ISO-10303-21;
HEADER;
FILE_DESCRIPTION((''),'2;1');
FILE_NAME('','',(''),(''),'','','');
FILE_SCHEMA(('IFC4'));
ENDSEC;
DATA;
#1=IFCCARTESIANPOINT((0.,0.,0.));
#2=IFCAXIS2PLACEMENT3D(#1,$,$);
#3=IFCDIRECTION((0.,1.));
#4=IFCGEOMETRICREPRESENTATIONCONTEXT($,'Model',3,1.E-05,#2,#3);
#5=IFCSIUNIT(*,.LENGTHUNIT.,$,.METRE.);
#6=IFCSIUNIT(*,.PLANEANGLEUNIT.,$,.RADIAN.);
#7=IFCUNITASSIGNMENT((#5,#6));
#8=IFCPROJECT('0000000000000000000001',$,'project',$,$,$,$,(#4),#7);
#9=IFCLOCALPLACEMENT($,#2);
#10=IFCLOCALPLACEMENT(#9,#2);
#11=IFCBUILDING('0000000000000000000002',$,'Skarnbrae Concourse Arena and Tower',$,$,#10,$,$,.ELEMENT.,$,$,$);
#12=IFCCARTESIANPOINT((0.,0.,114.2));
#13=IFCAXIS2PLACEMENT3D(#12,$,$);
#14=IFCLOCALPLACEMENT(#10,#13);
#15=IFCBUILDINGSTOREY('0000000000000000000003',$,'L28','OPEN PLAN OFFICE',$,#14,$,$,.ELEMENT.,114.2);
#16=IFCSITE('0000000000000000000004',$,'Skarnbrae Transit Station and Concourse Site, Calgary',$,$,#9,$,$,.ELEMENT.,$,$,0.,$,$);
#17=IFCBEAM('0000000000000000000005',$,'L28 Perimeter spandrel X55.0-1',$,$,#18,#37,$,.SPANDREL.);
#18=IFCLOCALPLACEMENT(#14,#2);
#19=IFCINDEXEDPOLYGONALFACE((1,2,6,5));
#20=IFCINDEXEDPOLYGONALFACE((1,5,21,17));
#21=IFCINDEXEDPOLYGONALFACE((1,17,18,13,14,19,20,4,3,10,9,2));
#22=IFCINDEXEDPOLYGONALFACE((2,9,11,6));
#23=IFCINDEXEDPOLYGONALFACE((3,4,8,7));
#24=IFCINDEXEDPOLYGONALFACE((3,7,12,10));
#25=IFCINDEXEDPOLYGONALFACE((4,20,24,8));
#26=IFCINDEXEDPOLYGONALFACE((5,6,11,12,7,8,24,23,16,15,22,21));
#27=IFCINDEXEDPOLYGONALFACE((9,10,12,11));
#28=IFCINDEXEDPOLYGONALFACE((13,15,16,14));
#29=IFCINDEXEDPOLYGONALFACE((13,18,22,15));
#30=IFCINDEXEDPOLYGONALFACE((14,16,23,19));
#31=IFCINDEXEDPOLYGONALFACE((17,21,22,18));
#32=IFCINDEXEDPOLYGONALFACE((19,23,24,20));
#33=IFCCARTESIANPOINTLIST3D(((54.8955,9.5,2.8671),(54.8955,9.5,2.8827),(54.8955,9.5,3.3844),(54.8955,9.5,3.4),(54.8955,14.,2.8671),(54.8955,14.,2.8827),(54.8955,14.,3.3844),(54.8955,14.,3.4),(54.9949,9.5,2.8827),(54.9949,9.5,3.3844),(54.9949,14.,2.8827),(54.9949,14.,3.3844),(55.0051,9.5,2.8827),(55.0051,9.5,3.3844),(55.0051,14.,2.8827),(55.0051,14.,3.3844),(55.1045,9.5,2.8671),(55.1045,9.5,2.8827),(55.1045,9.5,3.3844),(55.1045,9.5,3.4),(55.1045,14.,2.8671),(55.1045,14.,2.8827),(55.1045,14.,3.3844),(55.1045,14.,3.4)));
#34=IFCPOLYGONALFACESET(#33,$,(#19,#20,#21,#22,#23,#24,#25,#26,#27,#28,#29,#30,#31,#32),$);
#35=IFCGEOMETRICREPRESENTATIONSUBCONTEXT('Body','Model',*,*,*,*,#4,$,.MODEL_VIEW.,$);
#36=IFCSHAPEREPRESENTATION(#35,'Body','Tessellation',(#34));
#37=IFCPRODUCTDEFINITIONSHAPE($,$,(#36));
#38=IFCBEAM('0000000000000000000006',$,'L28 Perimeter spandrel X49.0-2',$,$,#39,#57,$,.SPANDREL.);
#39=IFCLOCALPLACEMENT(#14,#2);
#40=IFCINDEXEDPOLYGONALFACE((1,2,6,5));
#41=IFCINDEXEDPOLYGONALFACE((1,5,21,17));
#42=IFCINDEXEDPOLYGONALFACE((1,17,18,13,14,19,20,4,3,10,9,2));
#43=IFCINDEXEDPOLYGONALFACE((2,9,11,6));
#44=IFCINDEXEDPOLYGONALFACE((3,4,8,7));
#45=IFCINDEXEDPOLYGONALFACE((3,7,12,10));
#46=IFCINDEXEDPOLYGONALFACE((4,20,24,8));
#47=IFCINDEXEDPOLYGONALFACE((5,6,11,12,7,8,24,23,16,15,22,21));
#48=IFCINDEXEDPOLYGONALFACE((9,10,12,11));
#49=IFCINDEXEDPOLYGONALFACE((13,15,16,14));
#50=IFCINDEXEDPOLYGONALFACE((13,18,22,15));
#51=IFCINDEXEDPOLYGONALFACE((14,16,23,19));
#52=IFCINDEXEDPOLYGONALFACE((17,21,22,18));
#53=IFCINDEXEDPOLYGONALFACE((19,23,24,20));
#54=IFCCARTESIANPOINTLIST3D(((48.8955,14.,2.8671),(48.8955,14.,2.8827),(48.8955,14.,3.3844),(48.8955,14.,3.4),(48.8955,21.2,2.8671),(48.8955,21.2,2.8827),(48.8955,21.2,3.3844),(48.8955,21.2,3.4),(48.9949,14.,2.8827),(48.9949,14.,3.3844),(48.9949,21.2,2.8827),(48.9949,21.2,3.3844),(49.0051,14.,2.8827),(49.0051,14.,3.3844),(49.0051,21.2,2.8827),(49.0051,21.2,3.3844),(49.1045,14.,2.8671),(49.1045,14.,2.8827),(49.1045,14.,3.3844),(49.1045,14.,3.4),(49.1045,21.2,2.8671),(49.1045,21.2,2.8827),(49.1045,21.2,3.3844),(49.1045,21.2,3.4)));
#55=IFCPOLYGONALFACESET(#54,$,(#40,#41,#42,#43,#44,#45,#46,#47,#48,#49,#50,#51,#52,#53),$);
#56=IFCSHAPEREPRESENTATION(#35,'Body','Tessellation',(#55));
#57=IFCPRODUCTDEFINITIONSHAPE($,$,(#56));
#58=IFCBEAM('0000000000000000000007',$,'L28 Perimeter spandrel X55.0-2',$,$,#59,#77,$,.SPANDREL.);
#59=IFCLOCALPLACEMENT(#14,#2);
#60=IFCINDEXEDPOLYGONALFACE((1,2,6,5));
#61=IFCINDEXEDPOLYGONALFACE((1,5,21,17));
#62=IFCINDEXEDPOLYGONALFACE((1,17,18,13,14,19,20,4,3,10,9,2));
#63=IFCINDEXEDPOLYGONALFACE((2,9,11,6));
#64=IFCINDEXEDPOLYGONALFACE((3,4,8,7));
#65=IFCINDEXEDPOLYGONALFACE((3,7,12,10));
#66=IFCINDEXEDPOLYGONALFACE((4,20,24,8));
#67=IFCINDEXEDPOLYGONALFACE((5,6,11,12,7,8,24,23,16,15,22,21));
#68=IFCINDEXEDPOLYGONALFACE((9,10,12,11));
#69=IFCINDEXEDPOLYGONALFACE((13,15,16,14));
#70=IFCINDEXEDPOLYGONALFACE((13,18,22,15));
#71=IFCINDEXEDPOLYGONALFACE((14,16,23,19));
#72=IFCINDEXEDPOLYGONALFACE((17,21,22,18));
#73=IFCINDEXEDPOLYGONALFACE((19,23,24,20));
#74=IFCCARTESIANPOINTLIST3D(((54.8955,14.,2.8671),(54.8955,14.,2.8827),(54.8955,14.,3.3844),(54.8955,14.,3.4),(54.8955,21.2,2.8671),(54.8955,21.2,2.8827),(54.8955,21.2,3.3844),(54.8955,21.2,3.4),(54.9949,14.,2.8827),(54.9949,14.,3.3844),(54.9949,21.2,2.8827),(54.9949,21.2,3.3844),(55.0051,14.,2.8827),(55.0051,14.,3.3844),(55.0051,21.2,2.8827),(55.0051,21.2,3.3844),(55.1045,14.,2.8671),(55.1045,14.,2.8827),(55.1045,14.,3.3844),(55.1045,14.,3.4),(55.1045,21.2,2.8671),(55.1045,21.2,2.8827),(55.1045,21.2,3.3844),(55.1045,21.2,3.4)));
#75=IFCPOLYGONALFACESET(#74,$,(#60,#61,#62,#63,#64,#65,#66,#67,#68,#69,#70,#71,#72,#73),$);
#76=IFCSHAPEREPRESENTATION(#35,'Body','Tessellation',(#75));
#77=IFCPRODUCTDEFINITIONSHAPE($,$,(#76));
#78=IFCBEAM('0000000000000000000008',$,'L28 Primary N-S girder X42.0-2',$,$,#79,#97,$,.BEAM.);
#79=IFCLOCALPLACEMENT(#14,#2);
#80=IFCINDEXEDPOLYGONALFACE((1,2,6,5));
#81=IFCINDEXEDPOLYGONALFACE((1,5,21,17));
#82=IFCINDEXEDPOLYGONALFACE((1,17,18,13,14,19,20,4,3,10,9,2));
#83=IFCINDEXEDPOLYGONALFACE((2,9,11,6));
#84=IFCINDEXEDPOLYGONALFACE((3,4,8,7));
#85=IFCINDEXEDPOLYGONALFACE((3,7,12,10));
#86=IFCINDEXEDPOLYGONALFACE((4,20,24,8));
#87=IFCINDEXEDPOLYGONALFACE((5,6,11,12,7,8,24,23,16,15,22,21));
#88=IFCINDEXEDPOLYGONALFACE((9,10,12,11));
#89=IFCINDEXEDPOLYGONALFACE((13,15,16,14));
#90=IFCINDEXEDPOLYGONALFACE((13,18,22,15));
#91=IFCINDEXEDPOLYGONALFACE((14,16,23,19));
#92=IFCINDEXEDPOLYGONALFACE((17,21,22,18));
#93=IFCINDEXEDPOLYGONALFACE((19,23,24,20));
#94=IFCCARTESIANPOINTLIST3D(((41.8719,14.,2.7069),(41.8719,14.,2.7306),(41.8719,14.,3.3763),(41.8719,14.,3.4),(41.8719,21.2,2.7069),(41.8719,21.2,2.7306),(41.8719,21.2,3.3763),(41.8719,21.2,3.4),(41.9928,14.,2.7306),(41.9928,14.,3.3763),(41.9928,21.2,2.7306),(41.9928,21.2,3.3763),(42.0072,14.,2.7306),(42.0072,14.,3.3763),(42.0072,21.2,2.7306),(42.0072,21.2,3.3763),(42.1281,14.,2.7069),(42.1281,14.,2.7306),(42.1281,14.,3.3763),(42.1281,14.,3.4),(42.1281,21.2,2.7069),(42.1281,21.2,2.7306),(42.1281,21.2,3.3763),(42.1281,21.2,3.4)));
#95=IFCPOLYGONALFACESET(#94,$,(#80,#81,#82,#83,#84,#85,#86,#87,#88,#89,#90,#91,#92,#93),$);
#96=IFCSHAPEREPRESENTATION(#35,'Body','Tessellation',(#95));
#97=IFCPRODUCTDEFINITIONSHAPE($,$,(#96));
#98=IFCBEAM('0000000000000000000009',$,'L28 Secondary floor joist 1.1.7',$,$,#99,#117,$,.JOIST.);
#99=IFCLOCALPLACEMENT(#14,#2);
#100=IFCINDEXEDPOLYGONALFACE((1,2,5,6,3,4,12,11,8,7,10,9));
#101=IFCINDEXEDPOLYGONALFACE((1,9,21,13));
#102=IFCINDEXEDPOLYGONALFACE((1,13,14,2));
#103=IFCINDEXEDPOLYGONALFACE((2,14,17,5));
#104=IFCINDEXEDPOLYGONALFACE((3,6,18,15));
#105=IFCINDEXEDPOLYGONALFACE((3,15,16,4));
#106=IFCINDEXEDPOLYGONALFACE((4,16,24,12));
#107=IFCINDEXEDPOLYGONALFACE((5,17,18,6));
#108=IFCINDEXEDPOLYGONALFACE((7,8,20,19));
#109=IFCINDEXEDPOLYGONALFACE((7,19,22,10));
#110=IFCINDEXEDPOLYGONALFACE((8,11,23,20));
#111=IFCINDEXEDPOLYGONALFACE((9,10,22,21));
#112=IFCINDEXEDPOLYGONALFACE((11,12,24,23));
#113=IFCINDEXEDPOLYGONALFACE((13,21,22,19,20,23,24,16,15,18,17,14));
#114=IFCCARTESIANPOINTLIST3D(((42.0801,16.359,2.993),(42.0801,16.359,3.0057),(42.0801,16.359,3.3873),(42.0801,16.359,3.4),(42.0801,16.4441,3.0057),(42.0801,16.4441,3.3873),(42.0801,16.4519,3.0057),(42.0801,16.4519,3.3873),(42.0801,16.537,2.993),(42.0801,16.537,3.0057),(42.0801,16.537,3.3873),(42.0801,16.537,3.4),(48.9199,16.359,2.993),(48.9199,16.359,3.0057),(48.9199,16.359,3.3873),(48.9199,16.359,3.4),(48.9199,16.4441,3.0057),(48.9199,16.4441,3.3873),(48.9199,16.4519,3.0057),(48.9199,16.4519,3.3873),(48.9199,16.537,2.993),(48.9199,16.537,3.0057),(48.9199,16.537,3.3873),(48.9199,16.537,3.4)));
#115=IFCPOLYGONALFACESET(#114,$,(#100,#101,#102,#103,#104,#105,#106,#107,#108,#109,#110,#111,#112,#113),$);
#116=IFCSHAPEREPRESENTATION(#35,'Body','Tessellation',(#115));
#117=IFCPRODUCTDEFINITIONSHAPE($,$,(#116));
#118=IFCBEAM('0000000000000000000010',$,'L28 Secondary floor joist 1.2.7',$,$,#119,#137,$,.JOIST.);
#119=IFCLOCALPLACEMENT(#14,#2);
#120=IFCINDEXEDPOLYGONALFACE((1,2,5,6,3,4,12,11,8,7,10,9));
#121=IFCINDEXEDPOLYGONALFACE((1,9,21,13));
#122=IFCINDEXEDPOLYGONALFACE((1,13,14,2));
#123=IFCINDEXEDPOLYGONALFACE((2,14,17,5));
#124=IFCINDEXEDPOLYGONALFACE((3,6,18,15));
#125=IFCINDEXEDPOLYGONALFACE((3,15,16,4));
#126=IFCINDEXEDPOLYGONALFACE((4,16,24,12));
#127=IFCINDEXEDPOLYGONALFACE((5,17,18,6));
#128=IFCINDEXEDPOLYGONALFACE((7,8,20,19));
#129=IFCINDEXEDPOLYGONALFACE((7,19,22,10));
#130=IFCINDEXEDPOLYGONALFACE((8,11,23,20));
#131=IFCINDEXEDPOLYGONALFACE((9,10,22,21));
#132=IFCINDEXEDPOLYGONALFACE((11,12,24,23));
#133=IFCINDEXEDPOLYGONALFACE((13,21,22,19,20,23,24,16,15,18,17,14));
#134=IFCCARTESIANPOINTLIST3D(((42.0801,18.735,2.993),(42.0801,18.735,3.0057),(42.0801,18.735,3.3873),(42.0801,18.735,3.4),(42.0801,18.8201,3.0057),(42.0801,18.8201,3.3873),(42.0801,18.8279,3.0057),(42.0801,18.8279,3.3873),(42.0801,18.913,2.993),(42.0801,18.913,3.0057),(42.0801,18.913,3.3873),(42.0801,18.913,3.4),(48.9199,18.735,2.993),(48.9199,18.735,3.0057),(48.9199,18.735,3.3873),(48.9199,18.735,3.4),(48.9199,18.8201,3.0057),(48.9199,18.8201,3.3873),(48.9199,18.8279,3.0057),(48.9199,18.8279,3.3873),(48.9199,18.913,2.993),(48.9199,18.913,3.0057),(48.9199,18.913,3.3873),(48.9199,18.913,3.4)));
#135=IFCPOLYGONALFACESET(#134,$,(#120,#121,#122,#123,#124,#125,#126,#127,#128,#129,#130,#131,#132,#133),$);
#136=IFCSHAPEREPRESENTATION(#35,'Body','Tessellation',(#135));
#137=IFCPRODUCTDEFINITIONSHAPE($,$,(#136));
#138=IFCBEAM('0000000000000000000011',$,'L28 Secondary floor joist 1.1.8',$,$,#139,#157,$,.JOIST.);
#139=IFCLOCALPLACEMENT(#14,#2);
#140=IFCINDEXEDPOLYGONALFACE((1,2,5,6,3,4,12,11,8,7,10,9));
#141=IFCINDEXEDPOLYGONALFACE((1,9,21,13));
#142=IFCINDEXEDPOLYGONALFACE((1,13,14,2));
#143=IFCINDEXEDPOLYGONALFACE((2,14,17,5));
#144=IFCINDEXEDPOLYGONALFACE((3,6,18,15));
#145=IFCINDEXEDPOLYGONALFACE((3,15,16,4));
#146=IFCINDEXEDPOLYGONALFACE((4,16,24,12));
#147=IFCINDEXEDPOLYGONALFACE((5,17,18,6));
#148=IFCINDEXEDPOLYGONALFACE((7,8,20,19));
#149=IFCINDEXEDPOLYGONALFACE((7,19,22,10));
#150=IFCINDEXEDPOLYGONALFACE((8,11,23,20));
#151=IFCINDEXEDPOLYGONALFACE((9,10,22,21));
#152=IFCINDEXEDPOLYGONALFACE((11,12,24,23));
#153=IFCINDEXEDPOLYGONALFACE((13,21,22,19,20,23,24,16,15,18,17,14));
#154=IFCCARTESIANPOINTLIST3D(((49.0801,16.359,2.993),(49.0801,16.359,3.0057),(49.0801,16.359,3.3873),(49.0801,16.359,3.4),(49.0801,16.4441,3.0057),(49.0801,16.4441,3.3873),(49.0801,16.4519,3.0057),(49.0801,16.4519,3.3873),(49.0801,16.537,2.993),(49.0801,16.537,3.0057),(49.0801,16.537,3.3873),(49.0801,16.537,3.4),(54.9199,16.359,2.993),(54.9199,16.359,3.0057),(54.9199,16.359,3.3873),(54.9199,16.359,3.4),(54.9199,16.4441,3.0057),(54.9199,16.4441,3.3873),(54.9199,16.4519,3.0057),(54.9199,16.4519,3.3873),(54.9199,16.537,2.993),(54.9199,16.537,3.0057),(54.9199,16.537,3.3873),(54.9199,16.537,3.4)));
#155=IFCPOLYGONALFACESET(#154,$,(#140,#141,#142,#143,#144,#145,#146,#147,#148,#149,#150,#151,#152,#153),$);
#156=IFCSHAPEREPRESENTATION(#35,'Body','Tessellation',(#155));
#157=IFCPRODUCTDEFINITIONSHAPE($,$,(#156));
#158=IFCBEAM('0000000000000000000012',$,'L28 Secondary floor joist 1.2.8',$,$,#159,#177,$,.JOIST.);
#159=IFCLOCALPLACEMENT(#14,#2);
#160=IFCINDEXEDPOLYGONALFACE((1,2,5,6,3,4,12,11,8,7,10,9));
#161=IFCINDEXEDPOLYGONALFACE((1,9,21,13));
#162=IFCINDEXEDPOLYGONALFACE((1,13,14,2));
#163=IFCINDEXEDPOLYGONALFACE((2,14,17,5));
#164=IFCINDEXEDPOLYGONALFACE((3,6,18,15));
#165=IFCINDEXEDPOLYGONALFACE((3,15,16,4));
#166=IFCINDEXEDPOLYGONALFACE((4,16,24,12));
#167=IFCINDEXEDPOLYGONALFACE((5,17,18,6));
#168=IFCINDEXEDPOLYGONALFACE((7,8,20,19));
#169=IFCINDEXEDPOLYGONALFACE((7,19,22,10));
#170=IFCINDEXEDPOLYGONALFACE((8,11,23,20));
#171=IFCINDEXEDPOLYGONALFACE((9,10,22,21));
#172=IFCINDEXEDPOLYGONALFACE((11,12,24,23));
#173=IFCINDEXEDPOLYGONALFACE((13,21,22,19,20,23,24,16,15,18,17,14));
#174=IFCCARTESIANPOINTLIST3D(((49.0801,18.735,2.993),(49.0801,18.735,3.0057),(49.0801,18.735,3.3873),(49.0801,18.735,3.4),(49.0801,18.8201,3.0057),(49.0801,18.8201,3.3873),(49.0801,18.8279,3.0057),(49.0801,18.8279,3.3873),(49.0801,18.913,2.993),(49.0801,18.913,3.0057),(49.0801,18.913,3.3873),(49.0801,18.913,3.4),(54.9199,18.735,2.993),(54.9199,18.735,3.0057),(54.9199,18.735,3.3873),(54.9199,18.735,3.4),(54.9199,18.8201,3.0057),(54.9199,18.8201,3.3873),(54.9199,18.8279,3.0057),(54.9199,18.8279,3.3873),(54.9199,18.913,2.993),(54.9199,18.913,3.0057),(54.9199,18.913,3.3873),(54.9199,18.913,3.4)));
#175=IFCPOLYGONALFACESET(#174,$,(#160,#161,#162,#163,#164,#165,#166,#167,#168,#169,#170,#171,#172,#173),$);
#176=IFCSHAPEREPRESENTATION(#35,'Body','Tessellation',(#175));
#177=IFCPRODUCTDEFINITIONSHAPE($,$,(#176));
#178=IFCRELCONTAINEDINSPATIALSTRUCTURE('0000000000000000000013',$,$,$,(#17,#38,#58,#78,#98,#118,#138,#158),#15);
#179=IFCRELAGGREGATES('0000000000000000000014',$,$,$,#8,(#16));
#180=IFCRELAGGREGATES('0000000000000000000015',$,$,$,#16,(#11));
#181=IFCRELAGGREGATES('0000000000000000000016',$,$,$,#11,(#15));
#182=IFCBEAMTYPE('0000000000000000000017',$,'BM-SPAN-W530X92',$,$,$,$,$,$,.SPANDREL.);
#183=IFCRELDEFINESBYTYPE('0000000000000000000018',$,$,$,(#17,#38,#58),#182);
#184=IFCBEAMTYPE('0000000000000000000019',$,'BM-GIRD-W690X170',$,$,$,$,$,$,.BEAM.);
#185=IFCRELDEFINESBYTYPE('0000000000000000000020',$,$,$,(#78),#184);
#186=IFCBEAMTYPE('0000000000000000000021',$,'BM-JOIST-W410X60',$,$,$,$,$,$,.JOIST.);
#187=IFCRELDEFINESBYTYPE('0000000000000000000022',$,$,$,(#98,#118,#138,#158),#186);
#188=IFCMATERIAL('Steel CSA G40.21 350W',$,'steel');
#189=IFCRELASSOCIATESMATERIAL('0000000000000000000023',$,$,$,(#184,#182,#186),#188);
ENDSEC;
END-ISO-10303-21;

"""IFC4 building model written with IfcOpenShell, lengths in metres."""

from ifc_helpers import new_model, si_unit, direction, frame, origin, origin_2d, place, context, subcontext, project, spatial, i_section, extrude, source, transform, mapped, material, material_profile, profile_set, type_object, element, save


model = new_model("IFC4")

# Units and contexts
model_context = context("Model", 3, precision=1e-05, world=origin(), true_north=direction((0.0, 1.0)))
body_context = subcontext(model_context, "Body", "Model", "MODEL_VIEW")
ifc_project = project(units=[si_unit("LENGTHUNIT", "METRE"), si_unit("PLANEANGLEUNIT", "RADIAN")], contexts=[model_context])

# Site, building, storey
site_placement = place(None, origin())
site = spatial("IfcSite", under=ifc_project, at=site_placement, Name="Skarnbrae Transit Station and Concourse Site, Calgary", CompositionType="ELEMENT", RefElevation=0.0)
building_placement = place(site_placement, origin())
building = spatial("IfcBuilding", under=site, at=building_placement, Name="Skarnbrae Concourse Arena and Tower", CompositionType="ELEMENT")
storey_placement = place(building_placement, frame((0.0, 0.0, 114.2)))
storey = spatial("IfcBuildingStorey", under=building, at=storey_placement, Name="L28", Description="OPEN PLAN OFFICE", CompositionType="ELEMENT", Elevation=114.2)

# Shared definitions
ifc_material_1 = material(Name="Steel CSA G40.21 350W", Category="steel")

# Beams
ifc_material_profile_1 = material_profile(ifc_material_1, i_section(OverallWidth=0.2561, OverallDepth=0.6931, WebThickness=0.0144, FlangeThickness=0.0237, at=origin_2d()), Name="W690X170")
ifc_profile_set_1 = profile_set([ifc_material_profile_1], Name="Steel CSA G40.21 350W")
beam_type_1 = type_object("IfcBeamType", Name="BM-GIRD-W690X170", PredefinedType="BEAM", material=ifc_profile_set_1)
ifc_material_profile_2 = material_profile(ifc_material_1, i_section(OverallWidth=0.209, OverallDepth=0.533, WebThickness=0.0103, FlangeThickness=0.0156, at=origin_2d()), Name="W530X92")
ifc_profile_set_2 = profile_set([ifc_material_profile_2], Name="Steel CSA G40.21 350W")
beam_type_2 = type_object("IfcBeamType", Name="BM-SPAN-W530X92", PredefinedType="SPANDREL", material=ifc_profile_set_2)
shared_shape_1 = source(origin(), body_context, "Body", "SweptSolid", [
    extrude(i_section(OverallWidth=0.209, OverallDepth=0.533, WebThickness=0.0103, FlangeThickness=0.0156, at=origin_2d()), origin(), (0.0, 0.0, 1.0), 4.5),
])
for number, where, z_axis, x_axis, name in (
    (1, (55.0, 9.5, 3.1335), (0.0, 1.0, 0.0), (-1.0, 0.0, 0.0), "L28 Perimeter spandrel X55.0-1"),
):
    element("IfcBeam", number, at=place(storey_placement, frame(where, z_axis=z_axis, x_axis=x_axis)), inside=storey, type_object=beam_type_2, Name=name, PredefinedType="SPANDREL", context=body_context, shape_type="MappedRepresentation", body=[
        mapped(shared_shape_1, transform((0.0, 0.0, 0.0))),
    ])
shared_shape_2 = source(origin(), body_context, "Body", "SweptSolid", [
    extrude(i_section(OverallWidth=0.209, OverallDepth=0.533, WebThickness=0.0103, FlangeThickness=0.0156, at=origin_2d()), origin(), (0.0, 0.0, 1.0), 7.2),
])
for number, where, z_axis, x_axis, name in (
    (2, (49.0, 14.0, 3.1335), (0.0, 1.0, 0.0), (-1.0, 0.0, 0.0), "L28 Perimeter spandrel X49.0-2"),
    (3, (55.0, 14.0, 3.1335), (0.0, 1.0, 0.0), (-1.0, 0.0, 0.0), "L28 Perimeter spandrel X55.0-2"),
):
    element("IfcBeam", number, at=place(storey_placement, frame(where, z_axis=z_axis, x_axis=x_axis)), inside=storey, type_object=beam_type_2, Name=name, PredefinedType="SPANDREL", context=body_context, shape_type="MappedRepresentation", body=[
        mapped(shared_shape_2, transform((0.0, 0.0, 0.0))),
    ])
shared_shape_3 = source(origin(), body_context, "Body", "SweptSolid", [
    extrude(i_section(OverallWidth=0.2561, OverallDepth=0.6931, WebThickness=0.0144, FlangeThickness=0.0237, at=origin_2d()), origin(), (0.0, 0.0, 1.0), 7.2),
])
beam_1_placement = place(storey_placement, frame((42.0, 14.0, 3.0535), z_axis=(0.0, 1.0, 0.0), x_axis=(-1.0, 0.0, 0.0)))
element("IfcBeam", 4, at=beam_1_placement, inside=storey, type_object=beam_type_1, Name="L28 Primary N-S girder X42.0-2", PredefinedType="BEAM", context=body_context, shape_type="MappedRepresentation", body=[
    mapped(shared_shape_3, transform((0.0, 0.0, 0.0))),
])
ifc_material_profile_3 = material_profile(ifc_material_1, i_section(OverallWidth=0.178, OverallDepth=0.407, WebThickness=0.0078, FlangeThickness=0.0127, at=origin_2d()), Name="W410X60")
ifc_profile_set_3 = profile_set([ifc_material_profile_3], Name="Steel CSA G40.21 350W")
beam_type_3 = type_object("IfcBeamType", Name="BM-JOIST-W410X60", PredefinedType="JOIST", material=ifc_profile_set_3)
shared_shape_4 = source(origin(), body_context, "Body", "SweptSolid", [
    extrude(i_section(OverallWidth=0.178, OverallDepth=0.407, WebThickness=0.0078, FlangeThickness=0.0127, at=origin_2d()), origin(), (0.0, 0.0, 1.0), 6.8398),
])
for number, where, z_axis, x_axis, name in (
    (5, (42.0801, 16.448, 3.1965), (1.0, 0.0, 0.0), (0.0, 1.0, 0.0), "L28 Secondary floor joist 1.1.7"),
    (6, (42.0801, 18.824, 3.1965), (1.0, 0.0, 0.0), (0.0, 1.0, 0.0), "L28 Secondary floor joist 1.2.7"),
):
    element("IfcBeam", number, at=place(storey_placement, frame(where, z_axis=z_axis, x_axis=x_axis)), inside=storey, type_object=beam_type_3, Name=name, PredefinedType="JOIST", context=body_context, shape_type="MappedRepresentation", body=[
        mapped(shared_shape_4, transform((0.0, 0.0, 0.0))),
    ])
shared_shape_5 = source(origin(), body_context, "Body", "SweptSolid", [
    extrude(i_section(OverallWidth=0.178, OverallDepth=0.407, WebThickness=0.0078, FlangeThickness=0.0127, at=origin_2d()), origin(), (0.0, 0.0, 1.0), 5.8398),
])
for number, where, z_axis, x_axis, name in (
    (7, (49.0801, 16.448, 3.1965), (1.0, 0.0, 0.0), (0.0, 1.0, 0.0), "L28 Secondary floor joist 1.1.8"),
    (8, (49.0801, 18.824, 3.1965), (1.0, 0.0, 0.0), (0.0, 1.0, 0.0), "L28 Secondary floor joist 1.2.8"),
):
    element("IfcBeam", number, at=place(storey_placement, frame(where, z_axis=z_axis, x_axis=x_axis)), inside=storey, type_object=beam_type_3, Name=name, PredefinedType="JOIST", context=body_context, shape_type="MappedRepresentation", body=[
        mapped(shared_shape_5, transform((0.0, 0.0, 0.0))),
    ])

save(model, "model.ifc")
